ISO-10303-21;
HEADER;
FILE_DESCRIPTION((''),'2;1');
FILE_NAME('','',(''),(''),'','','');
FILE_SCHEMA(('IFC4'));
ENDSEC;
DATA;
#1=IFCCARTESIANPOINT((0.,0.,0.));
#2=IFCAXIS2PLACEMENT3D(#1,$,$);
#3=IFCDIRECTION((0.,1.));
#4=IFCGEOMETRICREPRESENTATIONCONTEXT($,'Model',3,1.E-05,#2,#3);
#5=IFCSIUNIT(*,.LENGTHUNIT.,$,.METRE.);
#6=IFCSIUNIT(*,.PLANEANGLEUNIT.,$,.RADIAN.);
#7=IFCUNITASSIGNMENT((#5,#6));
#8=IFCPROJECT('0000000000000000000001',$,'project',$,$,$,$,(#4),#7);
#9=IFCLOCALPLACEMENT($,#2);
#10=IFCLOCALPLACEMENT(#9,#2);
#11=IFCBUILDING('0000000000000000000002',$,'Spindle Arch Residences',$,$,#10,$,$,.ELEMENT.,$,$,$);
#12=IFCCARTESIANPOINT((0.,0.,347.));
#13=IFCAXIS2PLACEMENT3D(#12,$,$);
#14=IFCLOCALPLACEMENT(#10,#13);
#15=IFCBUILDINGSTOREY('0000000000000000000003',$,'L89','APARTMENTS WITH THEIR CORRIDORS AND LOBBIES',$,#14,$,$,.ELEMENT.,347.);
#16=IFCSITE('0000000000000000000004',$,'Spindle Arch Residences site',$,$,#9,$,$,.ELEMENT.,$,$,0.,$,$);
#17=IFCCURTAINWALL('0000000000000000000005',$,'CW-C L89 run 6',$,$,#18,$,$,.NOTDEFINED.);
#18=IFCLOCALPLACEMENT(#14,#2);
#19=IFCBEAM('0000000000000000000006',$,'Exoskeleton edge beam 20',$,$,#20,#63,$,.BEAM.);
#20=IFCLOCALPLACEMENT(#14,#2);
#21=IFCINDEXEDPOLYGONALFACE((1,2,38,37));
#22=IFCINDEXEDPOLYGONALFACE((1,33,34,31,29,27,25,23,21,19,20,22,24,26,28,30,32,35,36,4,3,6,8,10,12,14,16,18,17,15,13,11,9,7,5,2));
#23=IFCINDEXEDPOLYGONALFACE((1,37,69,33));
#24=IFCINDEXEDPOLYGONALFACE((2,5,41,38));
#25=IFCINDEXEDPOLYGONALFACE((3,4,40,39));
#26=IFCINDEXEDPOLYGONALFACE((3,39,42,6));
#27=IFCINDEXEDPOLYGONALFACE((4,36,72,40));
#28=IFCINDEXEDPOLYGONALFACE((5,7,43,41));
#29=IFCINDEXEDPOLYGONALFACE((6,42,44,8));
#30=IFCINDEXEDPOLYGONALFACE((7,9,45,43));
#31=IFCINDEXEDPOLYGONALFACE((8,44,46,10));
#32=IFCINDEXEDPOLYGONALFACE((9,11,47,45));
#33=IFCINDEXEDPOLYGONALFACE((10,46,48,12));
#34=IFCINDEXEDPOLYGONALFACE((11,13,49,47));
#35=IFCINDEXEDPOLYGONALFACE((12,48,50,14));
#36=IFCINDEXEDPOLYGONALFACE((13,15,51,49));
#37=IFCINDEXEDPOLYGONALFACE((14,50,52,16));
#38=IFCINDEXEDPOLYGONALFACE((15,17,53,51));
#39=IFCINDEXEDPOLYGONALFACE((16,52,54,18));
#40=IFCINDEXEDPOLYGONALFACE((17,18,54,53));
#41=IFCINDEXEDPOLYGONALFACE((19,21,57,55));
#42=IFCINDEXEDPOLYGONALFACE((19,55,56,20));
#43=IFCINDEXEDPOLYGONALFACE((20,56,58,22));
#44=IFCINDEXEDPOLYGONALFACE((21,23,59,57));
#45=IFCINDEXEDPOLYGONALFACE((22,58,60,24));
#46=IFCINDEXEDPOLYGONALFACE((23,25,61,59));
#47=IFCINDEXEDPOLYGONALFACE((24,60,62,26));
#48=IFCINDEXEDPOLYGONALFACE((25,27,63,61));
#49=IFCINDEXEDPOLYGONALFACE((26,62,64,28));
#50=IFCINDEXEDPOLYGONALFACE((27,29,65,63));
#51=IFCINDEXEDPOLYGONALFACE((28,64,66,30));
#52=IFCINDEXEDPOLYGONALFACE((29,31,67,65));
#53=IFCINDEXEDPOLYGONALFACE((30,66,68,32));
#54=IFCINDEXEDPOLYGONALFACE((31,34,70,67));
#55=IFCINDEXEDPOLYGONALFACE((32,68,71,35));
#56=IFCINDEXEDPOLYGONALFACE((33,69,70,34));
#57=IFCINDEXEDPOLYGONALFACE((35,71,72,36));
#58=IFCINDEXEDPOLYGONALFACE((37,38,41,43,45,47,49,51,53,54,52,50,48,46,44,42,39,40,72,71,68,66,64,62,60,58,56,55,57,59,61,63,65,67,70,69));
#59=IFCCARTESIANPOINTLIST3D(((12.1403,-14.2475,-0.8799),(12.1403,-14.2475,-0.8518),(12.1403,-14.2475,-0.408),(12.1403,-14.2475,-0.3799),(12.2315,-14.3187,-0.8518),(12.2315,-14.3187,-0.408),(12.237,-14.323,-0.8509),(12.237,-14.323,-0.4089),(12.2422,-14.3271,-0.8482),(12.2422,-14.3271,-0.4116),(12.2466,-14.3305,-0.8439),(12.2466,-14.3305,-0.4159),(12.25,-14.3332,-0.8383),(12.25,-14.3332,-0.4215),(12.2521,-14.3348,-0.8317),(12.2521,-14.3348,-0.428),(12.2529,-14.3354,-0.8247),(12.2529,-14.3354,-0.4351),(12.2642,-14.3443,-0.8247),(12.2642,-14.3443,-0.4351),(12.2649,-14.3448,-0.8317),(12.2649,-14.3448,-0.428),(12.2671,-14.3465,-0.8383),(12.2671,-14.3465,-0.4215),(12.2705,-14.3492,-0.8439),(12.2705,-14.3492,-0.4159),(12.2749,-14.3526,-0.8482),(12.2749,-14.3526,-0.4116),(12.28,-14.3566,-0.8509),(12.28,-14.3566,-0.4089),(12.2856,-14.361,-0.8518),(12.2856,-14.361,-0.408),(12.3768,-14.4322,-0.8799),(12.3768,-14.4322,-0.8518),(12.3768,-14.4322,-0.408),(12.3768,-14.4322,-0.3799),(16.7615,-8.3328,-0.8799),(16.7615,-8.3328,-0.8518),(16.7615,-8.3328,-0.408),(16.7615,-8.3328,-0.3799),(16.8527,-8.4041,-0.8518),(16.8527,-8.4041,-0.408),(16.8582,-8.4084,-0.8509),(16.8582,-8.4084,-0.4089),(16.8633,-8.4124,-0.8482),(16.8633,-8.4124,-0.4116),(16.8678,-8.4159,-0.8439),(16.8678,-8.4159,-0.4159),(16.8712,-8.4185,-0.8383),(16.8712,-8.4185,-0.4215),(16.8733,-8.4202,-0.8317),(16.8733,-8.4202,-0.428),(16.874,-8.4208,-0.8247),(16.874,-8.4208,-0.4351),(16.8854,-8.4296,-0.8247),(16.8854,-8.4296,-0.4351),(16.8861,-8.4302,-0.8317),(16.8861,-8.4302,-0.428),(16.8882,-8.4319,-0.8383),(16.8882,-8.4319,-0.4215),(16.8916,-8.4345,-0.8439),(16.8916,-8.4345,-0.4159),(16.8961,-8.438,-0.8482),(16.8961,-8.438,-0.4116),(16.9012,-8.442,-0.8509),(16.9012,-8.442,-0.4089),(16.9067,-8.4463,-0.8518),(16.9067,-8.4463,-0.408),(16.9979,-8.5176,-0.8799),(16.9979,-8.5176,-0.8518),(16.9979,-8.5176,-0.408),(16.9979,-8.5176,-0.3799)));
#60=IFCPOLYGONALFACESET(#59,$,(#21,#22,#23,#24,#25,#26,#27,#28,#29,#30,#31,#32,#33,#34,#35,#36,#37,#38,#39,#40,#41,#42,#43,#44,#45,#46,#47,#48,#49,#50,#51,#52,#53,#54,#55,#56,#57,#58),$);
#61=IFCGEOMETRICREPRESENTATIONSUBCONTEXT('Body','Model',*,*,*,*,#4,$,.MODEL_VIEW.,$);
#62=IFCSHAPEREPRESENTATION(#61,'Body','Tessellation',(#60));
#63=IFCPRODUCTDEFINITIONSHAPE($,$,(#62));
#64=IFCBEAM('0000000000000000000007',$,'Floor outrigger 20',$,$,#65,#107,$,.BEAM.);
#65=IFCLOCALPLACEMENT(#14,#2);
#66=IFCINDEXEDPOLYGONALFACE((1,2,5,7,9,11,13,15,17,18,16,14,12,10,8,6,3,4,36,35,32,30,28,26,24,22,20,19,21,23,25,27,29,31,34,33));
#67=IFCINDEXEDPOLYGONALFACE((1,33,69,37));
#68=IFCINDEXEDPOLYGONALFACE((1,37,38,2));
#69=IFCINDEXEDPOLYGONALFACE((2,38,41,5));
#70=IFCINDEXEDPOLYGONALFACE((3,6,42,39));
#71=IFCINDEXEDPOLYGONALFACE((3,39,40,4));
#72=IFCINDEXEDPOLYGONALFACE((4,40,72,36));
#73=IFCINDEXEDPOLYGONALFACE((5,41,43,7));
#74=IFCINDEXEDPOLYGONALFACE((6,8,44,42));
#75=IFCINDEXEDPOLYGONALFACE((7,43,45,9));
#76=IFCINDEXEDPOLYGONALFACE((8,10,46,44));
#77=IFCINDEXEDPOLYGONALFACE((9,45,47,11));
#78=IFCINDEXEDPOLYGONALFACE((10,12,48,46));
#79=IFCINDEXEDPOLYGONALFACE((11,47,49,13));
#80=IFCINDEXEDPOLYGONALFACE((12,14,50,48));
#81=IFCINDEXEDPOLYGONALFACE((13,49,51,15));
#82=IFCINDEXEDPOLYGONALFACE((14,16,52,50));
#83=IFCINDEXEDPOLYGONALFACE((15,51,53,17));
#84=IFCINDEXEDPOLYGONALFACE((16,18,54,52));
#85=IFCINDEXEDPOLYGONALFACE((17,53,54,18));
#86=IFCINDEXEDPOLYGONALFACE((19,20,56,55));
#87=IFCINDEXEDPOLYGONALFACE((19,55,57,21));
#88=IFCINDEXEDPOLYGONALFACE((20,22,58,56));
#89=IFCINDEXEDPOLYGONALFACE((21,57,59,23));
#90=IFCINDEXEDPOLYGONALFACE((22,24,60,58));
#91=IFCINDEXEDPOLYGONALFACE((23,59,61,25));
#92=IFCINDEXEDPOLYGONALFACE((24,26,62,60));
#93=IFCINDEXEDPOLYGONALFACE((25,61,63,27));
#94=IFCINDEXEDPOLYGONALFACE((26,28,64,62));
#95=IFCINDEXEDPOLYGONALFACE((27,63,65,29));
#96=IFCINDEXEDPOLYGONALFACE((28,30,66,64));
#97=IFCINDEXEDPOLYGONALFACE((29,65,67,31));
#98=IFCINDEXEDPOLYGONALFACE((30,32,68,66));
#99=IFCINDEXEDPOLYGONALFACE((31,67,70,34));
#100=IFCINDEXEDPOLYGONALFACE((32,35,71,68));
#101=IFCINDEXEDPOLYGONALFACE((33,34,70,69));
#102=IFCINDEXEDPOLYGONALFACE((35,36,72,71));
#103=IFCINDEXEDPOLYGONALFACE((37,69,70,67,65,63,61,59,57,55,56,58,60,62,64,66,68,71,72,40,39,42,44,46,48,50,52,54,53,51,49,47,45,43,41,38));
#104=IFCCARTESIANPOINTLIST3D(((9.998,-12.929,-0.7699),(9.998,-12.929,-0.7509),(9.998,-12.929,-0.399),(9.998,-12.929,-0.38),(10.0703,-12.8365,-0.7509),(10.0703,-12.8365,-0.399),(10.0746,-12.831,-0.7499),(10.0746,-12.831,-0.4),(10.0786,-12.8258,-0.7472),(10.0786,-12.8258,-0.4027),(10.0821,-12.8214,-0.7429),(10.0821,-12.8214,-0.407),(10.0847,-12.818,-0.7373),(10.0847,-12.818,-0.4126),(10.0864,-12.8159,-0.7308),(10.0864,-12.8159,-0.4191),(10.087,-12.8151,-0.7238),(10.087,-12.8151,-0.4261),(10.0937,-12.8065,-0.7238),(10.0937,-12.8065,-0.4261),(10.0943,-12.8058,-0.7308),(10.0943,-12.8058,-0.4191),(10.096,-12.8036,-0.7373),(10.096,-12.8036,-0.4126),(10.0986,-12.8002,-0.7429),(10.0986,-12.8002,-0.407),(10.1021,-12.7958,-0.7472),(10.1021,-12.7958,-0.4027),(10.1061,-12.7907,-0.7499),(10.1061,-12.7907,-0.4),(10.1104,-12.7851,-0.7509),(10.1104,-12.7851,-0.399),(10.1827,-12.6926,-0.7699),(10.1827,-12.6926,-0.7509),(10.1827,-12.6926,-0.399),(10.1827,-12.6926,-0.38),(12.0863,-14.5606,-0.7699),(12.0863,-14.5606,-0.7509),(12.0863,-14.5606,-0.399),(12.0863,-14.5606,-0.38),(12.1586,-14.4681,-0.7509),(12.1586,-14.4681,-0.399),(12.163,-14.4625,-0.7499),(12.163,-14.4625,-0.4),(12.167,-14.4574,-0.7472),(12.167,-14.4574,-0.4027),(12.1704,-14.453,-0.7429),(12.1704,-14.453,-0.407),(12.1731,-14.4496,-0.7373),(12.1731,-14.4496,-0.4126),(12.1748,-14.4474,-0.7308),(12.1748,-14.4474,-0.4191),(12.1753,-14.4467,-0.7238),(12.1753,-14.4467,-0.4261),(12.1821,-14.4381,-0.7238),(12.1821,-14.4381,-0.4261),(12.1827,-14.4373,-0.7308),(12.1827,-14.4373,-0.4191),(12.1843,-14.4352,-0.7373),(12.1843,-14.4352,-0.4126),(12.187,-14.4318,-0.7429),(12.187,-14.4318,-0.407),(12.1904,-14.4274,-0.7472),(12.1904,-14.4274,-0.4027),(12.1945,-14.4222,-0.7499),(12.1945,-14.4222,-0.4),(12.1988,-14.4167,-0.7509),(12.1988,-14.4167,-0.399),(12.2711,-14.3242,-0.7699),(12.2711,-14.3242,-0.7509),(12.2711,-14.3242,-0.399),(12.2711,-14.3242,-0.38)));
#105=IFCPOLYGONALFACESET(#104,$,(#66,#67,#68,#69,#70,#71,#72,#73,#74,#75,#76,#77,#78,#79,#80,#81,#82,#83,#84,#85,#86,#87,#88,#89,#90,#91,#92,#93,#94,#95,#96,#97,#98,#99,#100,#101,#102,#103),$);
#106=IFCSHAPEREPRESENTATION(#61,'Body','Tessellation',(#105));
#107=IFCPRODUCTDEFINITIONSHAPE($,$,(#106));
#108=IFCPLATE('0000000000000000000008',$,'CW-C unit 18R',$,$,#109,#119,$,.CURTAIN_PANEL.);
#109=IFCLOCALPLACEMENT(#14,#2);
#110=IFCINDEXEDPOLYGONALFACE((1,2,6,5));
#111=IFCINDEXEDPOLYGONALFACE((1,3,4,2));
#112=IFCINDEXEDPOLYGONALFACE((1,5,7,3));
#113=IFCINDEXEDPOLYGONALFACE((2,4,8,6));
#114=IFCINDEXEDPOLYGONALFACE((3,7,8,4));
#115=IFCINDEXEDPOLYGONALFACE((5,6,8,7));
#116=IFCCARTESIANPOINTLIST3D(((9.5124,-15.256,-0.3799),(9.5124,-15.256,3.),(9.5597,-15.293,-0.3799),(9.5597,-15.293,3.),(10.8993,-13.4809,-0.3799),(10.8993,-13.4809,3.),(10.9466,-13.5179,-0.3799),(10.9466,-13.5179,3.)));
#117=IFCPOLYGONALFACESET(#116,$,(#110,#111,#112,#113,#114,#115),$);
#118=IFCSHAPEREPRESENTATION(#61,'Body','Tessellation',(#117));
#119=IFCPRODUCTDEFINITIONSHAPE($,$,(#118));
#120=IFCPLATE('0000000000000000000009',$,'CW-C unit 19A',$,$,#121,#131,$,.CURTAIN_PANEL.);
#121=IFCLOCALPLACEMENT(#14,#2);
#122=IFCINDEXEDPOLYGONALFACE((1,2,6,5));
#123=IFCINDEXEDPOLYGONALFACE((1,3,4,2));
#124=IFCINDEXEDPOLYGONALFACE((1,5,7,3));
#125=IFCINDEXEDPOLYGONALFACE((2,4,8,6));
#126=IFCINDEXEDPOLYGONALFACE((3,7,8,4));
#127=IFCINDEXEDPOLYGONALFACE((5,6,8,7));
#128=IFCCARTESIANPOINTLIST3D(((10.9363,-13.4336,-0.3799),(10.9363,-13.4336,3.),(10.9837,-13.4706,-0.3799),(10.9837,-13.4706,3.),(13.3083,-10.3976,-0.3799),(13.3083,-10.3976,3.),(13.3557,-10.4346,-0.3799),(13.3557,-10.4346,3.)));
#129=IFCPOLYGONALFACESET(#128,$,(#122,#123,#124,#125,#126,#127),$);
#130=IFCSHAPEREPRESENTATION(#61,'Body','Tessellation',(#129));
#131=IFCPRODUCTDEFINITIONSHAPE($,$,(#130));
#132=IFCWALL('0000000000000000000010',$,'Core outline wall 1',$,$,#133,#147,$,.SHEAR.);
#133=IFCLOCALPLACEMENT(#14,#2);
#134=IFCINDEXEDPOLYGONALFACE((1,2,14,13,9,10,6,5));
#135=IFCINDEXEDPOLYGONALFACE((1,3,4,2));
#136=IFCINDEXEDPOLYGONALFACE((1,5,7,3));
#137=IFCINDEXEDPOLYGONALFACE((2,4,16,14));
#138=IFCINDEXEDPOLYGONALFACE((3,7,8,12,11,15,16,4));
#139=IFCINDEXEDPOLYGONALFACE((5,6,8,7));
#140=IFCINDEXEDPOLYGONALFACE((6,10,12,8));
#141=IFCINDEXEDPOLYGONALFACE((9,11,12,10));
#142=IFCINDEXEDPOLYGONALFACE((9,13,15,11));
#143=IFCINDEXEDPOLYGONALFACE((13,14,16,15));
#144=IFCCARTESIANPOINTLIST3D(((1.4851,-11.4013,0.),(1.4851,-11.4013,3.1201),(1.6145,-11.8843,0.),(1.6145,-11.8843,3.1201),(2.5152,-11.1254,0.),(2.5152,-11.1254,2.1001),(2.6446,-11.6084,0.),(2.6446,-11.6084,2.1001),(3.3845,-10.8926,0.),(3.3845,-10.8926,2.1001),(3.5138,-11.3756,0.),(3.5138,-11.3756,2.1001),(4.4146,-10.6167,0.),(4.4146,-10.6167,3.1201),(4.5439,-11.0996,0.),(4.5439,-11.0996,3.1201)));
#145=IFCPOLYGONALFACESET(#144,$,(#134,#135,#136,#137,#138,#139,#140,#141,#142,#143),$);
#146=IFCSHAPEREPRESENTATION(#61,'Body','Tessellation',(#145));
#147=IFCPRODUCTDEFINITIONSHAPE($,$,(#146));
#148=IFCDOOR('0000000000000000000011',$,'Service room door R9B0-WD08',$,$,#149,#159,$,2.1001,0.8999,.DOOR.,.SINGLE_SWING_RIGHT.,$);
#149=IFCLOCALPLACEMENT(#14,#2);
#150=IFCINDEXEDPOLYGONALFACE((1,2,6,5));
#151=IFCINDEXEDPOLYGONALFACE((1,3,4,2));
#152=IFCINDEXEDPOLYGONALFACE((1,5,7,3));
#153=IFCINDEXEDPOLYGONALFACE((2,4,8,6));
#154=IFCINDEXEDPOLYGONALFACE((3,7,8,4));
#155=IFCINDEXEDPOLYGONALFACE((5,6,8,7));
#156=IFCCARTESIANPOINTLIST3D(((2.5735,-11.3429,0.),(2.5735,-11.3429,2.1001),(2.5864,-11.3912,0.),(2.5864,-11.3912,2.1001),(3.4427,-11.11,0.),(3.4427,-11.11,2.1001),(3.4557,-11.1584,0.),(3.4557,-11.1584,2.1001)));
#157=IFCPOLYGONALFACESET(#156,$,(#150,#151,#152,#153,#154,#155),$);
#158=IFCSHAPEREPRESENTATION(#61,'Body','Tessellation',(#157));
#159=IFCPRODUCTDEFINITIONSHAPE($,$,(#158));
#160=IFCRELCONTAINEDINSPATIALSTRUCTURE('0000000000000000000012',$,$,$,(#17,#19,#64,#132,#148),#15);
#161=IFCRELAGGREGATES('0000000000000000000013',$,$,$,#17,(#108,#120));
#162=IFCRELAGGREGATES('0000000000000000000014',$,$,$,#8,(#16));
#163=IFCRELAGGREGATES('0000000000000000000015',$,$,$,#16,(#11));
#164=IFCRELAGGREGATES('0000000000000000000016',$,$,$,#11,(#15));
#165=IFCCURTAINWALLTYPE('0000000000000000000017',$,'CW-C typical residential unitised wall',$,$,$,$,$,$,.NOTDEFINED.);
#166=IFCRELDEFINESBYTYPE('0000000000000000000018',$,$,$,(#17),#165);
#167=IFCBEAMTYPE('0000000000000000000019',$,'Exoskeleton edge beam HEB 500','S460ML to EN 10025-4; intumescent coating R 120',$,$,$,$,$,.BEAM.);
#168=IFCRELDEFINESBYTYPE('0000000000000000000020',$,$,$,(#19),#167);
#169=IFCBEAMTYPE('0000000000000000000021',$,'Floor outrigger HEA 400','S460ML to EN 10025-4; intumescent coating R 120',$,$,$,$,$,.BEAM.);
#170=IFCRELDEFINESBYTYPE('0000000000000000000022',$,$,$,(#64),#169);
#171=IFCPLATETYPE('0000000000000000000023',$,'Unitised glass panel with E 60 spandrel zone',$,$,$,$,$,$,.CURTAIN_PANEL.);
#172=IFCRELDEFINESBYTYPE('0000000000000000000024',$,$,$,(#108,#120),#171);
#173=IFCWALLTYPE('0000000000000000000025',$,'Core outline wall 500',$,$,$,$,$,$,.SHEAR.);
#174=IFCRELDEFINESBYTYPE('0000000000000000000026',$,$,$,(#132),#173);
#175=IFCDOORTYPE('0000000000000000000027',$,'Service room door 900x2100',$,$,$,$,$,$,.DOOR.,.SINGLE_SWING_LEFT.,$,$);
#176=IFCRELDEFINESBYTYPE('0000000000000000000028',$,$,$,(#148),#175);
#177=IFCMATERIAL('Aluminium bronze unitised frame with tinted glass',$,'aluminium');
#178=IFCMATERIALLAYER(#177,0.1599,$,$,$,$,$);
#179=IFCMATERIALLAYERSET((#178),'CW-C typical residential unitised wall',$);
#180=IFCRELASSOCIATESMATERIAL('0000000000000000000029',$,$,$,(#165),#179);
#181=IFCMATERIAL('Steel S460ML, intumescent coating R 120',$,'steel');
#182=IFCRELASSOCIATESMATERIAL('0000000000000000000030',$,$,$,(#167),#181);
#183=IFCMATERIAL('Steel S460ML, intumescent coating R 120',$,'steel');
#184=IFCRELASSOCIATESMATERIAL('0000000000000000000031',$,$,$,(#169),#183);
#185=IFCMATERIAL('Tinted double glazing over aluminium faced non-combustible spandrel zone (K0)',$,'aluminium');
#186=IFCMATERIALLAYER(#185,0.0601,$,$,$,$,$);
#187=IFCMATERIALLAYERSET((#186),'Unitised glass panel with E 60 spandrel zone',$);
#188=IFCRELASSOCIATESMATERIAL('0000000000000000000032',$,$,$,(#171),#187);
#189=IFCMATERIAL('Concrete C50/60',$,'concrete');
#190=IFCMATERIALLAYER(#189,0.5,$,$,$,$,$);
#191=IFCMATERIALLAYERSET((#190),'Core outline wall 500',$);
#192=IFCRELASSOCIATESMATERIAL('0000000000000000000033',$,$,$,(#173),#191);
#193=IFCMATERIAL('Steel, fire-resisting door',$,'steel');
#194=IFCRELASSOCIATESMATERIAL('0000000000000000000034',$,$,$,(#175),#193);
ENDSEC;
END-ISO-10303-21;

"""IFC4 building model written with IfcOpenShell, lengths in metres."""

from ifc_helpers import new_model, si_unit, direction, frame, frame_2d, origin, origin_2d, place, context, subcontext, project, spatial, rectangle, i_section, extrude, material, layer, layer_set, material_profile, profile_set, type_object, element, fill, aggregate, save


model = new_model("IFC4")

# Units and contexts
model_context = context("Model", 3, precision=1e-05, world=origin(), true_north=direction((0.0, 1.0)))
body_context = subcontext(model_context, "Body", "Model", "MODEL_VIEW")
ifc_project = project(units=[si_unit("LENGTHUNIT", "METRE"), si_unit("PLANEANGLEUNIT", "RADIAN")], contexts=[model_context])

# Site, building, storey
site_placement = place(None, origin())
site = spatial("IfcSite", under=ifc_project, at=site_placement, Name="Spindle Arch Residences site", CompositionType="ELEMENT", RefElevation=0.0)
building_placement = place(site_placement, origin())
building = spatial("IfcBuilding", under=site, at=building_placement, Name="Spindle Arch Residences", CompositionType="ELEMENT")
storey_placement = place(building_placement, frame((0.0, 0.0, 347.0)))
storey = spatial("IfcBuildingStorey", under=building, at=storey_placement, Name="L89", Description="APARTMENTS WITH THEIR CORRIDORS AND LOBBIES", CompositionType="ELEMENT", Elevation=347.0)

# Curtain wall
ifc_material_1 = material(Name="Aluminium bronze unitised frame with tinted glass", Category="aluminium")
ifc_layer_1 = layer(ifc_material_1, 0.1599)
ifc_layer_set_1 = layer_set([ifc_layer_1], Name="CW-C typical residential unitised wall")
curtain_wall_type = type_object("IfcCurtainWallType", Name="CW-C typical residential unitised wall", PredefinedType="NOTDEFINED", material=ifc_layer_set_1)
curtain_wall_placement = place(storey_placement, origin())
curtain_wall = element("IfcCurtainWall", 1, at=curtain_wall_placement, inside=storey, type_object=curtain_wall_type, Name="CW-C L89 run 6", PredefinedType="NOTDEFINED")

# Beams
ifc_material_2 = material(Name="Steel S460ML, intumescent coating R 120", Category="steel")
ifc_material_profile_1 = material_profile(ifc_material_2, i_section(OverallWidth=0.3, OverallDepth=0.5, WebThickness=0.0144, FlangeThickness=0.0281, FilletRadius=0.0271, at=origin_2d()), Name="HEB 500")
ifc_profile_set_1 = profile_set([ifc_material_profile_1], Name="Steel S460ML, intumescent coating R 120")
beam_type_1 = type_object("IfcBeamType", Name="Exoskeleton edge beam HEB 500", Description="S460ML to EN 10025-4; intumescent coating R 120", PredefinedType="BEAM", material=ifc_profile_set_1)
beam_1_placement = place(storey_placement, frame((12.2585, -14.3398, -0.6299), z_axis=(0.615673, 0.788002, 0.0), x_axis=(-0.788002, 0.615673, 0.0)))
element("IfcBeam", 2, at=beam_1_placement, inside=storey, type_object=beam_type_1, Name="Exoskeleton edge beam 20", PredefinedType="BEAM", context=body_context, shape_type="SweptSolid", body=[
    extrude(i_section(OverallWidth=0.3, OverallDepth=0.5, WebThickness=0.0144, FlangeThickness=0.0281, FilletRadius=0.0271, at=origin_2d()), origin(), (0.0, 0.0, 1.0), 7.5059),
])
ifc_material_3 = material(Name="Steel S460ML, intumescent coating R 120", Category="steel")
ifc_material_profile_2 = material_profile(ifc_material_3, i_section(OverallWidth=0.3, OverallDepth=0.3899, WebThickness=0.011, FlangeThickness=0.019, FilletRadius=0.0271, at=origin_2d()), Name="HEA 400")
ifc_profile_set_2 = profile_set([ifc_material_profile_2], Name="Steel S460ML, intumescent coating R 120")
beam_type_2 = type_object("IfcBeamType", Name="Floor outrigger HEA 400", Description="S460ML to EN 10025-4; intumescent coating R 120", PredefinedType="BEAM", material=ifc_profile_set_2)
beam_2_placement = place(storey_placement, frame((12.1787, -14.4424, -0.575), z_axis=(-0.788016, 0.615655, 0.0), x_axis=(-0.615655, -0.788016, 0.0)))
element("IfcBeam", 3, at=beam_2_placement, inside=storey, type_object=beam_type_2, Name="Floor outrigger 20", PredefinedType="BEAM", context=body_context, shape_type="SweptSolid", body=[
    extrude(i_section(OverallWidth=0.3, OverallDepth=0.3899, WebThickness=0.011, FlangeThickness=0.019, FilletRadius=0.0271, at=origin_2d()), origin(), (0.0, 0.0, 1.0), 2.6501),
])

# Plates
ifc_material_4 = material(Name="Tinted double glazing over aluminium faced non-combustible spandrel zone (K0)", Category="aluminium")
ifc_layer_2 = layer(ifc_material_4, 0.0601)
ifc_layer_set_2 = layer_set([ifc_layer_2], Name="Unitised glass panel with E 60 spandrel zone")
plate_type = type_object("IfcPlateType", Name="Unitised glass panel with E 60 spandrel zone", PredefinedType="CURTAIN_PANEL", material=ifc_layer_set_2)
plate_1_placement = place(storey_placement, frame((10.2295, -14.387, -0.3799), z_axis=(0.0, 0.0, 1.0), x_axis=(0.615661, 0.788011, 0.0)))
plate_1 = element("IfcPlate", 4, at=plate_1_placement, type_object=plate_type, Name="CW-C unit 18R", PredefinedType="CURTAIN_PANEL", context=body_context, shape_type="SweptSolid", body=[
    extrude(rectangle(XDim=2.2527, YDim=0.0601, at=origin_2d()), origin(), (0.0, 0.0, 1.0), 3.3799),
])
plate_2_placement = place(storey_placement, frame((12.146, -11.9341, -0.3799), z_axis=(0.0, 0.0, 1.0), x_axis=(0.615661, 0.788011, 0.0)))
plate_2 = element("IfcPlate", 5, at=plate_2_placement, type_object=plate_type, Name="CW-C unit 19A", PredefinedType="CURTAIN_PANEL", context=body_context, shape_type="SweptSolid", body=[
    extrude(rectangle(XDim=3.8528, YDim=0.0601, at=origin_2d()), origin(), (0.0, 0.0, 1.0), 3.3799),
])
aggregate(curtain_wall, [plate_1, plate_2])

# Wall, opening, door
ifc_material_5 = material(Name="Concrete C50/60", Category="concrete")
ifc_layer_3 = layer(ifc_material_5, 0.5)
ifc_layer_set_3 = layer_set([ifc_layer_3], Name="Core outline wall 500")
wall_type_1 = type_object("IfcWallType", Name="Core outline wall 500", PredefinedType="SHEAR", material=ifc_layer_set_3)
wall_1_placement = place(storey_placement, frame((1.5498, -11.6428, 0.0), z_axis=(0.0, 0.0, 1.0), x_axis=(0.965948, 0.258735, 0.0)))
wall_1 = element("IfcWall", 6, at=wall_1_placement, inside=storey, type_object=wall_type_1, Name="Core outline wall 1", PredefinedType="SHEAR", context=body_context, shape_type="SweptSolid", body=[
    extrude(rectangle(XDim=3.0327, YDim=0.5, at=frame_2d((1.5164, 0.0))), origin(), (0.0, 0.0, 1.0), 3.1201),
])
opening_1_placement = place(wall_1_placement, frame((1.0664, 0.0, 0.0)))
opening_1 = element("IfcOpeningElement", 7, at=opening_1_placement, cuts=wall_1, PredefinedType="OPENING", context=body_context, shape_type="SweptSolid", body=[
    extrude(rectangle(XDim=0.8999, YDim=2.1001, at=frame_2d((0.45, 1.05))), frame((0.0, 0.26, 0.0), z_axis=(0.0, -1.0, 0.0), x_axis=(1.0, 0.0, 0.0)), (0.0, 0.0, 1.0), 0.52),
])
ifc_material_6 = material(Name="Steel, fire-resisting door", Category="steel")
door_type_1 = type_object("IfcDoorType", Name="Service room door 900x2100", OperationType="SINGLE_SWING_LEFT", PredefinedType="DOOR", material=ifc_material_6)
door_1_placement = place(opening_1_placement, origin())
door_1 = element("IfcDoor", 8, at=door_1_placement, inside=storey, type_object=door_type_1, Name="Service room door R9B0-WD08", OperationType="SINGLE_SWING_RIGHT", OverallHeight=2.1001, OverallWidth=0.8999, PredefinedType="DOOR", context=body_context, shape_type="SweptSolid", body=[
    extrude(rectangle(XDim=0.8999, YDim=2.1001, at=frame_2d((0.45, 1.05))), frame((0.0, 0.0249, 0.0), z_axis=(0.0, -1.0, 0.0), x_axis=(1.0, 0.0, 0.0)), (0.0, 0.0, 1.0), 0.05),
])
fill(opening_1, door_1)

save(model, "model.ifc")
